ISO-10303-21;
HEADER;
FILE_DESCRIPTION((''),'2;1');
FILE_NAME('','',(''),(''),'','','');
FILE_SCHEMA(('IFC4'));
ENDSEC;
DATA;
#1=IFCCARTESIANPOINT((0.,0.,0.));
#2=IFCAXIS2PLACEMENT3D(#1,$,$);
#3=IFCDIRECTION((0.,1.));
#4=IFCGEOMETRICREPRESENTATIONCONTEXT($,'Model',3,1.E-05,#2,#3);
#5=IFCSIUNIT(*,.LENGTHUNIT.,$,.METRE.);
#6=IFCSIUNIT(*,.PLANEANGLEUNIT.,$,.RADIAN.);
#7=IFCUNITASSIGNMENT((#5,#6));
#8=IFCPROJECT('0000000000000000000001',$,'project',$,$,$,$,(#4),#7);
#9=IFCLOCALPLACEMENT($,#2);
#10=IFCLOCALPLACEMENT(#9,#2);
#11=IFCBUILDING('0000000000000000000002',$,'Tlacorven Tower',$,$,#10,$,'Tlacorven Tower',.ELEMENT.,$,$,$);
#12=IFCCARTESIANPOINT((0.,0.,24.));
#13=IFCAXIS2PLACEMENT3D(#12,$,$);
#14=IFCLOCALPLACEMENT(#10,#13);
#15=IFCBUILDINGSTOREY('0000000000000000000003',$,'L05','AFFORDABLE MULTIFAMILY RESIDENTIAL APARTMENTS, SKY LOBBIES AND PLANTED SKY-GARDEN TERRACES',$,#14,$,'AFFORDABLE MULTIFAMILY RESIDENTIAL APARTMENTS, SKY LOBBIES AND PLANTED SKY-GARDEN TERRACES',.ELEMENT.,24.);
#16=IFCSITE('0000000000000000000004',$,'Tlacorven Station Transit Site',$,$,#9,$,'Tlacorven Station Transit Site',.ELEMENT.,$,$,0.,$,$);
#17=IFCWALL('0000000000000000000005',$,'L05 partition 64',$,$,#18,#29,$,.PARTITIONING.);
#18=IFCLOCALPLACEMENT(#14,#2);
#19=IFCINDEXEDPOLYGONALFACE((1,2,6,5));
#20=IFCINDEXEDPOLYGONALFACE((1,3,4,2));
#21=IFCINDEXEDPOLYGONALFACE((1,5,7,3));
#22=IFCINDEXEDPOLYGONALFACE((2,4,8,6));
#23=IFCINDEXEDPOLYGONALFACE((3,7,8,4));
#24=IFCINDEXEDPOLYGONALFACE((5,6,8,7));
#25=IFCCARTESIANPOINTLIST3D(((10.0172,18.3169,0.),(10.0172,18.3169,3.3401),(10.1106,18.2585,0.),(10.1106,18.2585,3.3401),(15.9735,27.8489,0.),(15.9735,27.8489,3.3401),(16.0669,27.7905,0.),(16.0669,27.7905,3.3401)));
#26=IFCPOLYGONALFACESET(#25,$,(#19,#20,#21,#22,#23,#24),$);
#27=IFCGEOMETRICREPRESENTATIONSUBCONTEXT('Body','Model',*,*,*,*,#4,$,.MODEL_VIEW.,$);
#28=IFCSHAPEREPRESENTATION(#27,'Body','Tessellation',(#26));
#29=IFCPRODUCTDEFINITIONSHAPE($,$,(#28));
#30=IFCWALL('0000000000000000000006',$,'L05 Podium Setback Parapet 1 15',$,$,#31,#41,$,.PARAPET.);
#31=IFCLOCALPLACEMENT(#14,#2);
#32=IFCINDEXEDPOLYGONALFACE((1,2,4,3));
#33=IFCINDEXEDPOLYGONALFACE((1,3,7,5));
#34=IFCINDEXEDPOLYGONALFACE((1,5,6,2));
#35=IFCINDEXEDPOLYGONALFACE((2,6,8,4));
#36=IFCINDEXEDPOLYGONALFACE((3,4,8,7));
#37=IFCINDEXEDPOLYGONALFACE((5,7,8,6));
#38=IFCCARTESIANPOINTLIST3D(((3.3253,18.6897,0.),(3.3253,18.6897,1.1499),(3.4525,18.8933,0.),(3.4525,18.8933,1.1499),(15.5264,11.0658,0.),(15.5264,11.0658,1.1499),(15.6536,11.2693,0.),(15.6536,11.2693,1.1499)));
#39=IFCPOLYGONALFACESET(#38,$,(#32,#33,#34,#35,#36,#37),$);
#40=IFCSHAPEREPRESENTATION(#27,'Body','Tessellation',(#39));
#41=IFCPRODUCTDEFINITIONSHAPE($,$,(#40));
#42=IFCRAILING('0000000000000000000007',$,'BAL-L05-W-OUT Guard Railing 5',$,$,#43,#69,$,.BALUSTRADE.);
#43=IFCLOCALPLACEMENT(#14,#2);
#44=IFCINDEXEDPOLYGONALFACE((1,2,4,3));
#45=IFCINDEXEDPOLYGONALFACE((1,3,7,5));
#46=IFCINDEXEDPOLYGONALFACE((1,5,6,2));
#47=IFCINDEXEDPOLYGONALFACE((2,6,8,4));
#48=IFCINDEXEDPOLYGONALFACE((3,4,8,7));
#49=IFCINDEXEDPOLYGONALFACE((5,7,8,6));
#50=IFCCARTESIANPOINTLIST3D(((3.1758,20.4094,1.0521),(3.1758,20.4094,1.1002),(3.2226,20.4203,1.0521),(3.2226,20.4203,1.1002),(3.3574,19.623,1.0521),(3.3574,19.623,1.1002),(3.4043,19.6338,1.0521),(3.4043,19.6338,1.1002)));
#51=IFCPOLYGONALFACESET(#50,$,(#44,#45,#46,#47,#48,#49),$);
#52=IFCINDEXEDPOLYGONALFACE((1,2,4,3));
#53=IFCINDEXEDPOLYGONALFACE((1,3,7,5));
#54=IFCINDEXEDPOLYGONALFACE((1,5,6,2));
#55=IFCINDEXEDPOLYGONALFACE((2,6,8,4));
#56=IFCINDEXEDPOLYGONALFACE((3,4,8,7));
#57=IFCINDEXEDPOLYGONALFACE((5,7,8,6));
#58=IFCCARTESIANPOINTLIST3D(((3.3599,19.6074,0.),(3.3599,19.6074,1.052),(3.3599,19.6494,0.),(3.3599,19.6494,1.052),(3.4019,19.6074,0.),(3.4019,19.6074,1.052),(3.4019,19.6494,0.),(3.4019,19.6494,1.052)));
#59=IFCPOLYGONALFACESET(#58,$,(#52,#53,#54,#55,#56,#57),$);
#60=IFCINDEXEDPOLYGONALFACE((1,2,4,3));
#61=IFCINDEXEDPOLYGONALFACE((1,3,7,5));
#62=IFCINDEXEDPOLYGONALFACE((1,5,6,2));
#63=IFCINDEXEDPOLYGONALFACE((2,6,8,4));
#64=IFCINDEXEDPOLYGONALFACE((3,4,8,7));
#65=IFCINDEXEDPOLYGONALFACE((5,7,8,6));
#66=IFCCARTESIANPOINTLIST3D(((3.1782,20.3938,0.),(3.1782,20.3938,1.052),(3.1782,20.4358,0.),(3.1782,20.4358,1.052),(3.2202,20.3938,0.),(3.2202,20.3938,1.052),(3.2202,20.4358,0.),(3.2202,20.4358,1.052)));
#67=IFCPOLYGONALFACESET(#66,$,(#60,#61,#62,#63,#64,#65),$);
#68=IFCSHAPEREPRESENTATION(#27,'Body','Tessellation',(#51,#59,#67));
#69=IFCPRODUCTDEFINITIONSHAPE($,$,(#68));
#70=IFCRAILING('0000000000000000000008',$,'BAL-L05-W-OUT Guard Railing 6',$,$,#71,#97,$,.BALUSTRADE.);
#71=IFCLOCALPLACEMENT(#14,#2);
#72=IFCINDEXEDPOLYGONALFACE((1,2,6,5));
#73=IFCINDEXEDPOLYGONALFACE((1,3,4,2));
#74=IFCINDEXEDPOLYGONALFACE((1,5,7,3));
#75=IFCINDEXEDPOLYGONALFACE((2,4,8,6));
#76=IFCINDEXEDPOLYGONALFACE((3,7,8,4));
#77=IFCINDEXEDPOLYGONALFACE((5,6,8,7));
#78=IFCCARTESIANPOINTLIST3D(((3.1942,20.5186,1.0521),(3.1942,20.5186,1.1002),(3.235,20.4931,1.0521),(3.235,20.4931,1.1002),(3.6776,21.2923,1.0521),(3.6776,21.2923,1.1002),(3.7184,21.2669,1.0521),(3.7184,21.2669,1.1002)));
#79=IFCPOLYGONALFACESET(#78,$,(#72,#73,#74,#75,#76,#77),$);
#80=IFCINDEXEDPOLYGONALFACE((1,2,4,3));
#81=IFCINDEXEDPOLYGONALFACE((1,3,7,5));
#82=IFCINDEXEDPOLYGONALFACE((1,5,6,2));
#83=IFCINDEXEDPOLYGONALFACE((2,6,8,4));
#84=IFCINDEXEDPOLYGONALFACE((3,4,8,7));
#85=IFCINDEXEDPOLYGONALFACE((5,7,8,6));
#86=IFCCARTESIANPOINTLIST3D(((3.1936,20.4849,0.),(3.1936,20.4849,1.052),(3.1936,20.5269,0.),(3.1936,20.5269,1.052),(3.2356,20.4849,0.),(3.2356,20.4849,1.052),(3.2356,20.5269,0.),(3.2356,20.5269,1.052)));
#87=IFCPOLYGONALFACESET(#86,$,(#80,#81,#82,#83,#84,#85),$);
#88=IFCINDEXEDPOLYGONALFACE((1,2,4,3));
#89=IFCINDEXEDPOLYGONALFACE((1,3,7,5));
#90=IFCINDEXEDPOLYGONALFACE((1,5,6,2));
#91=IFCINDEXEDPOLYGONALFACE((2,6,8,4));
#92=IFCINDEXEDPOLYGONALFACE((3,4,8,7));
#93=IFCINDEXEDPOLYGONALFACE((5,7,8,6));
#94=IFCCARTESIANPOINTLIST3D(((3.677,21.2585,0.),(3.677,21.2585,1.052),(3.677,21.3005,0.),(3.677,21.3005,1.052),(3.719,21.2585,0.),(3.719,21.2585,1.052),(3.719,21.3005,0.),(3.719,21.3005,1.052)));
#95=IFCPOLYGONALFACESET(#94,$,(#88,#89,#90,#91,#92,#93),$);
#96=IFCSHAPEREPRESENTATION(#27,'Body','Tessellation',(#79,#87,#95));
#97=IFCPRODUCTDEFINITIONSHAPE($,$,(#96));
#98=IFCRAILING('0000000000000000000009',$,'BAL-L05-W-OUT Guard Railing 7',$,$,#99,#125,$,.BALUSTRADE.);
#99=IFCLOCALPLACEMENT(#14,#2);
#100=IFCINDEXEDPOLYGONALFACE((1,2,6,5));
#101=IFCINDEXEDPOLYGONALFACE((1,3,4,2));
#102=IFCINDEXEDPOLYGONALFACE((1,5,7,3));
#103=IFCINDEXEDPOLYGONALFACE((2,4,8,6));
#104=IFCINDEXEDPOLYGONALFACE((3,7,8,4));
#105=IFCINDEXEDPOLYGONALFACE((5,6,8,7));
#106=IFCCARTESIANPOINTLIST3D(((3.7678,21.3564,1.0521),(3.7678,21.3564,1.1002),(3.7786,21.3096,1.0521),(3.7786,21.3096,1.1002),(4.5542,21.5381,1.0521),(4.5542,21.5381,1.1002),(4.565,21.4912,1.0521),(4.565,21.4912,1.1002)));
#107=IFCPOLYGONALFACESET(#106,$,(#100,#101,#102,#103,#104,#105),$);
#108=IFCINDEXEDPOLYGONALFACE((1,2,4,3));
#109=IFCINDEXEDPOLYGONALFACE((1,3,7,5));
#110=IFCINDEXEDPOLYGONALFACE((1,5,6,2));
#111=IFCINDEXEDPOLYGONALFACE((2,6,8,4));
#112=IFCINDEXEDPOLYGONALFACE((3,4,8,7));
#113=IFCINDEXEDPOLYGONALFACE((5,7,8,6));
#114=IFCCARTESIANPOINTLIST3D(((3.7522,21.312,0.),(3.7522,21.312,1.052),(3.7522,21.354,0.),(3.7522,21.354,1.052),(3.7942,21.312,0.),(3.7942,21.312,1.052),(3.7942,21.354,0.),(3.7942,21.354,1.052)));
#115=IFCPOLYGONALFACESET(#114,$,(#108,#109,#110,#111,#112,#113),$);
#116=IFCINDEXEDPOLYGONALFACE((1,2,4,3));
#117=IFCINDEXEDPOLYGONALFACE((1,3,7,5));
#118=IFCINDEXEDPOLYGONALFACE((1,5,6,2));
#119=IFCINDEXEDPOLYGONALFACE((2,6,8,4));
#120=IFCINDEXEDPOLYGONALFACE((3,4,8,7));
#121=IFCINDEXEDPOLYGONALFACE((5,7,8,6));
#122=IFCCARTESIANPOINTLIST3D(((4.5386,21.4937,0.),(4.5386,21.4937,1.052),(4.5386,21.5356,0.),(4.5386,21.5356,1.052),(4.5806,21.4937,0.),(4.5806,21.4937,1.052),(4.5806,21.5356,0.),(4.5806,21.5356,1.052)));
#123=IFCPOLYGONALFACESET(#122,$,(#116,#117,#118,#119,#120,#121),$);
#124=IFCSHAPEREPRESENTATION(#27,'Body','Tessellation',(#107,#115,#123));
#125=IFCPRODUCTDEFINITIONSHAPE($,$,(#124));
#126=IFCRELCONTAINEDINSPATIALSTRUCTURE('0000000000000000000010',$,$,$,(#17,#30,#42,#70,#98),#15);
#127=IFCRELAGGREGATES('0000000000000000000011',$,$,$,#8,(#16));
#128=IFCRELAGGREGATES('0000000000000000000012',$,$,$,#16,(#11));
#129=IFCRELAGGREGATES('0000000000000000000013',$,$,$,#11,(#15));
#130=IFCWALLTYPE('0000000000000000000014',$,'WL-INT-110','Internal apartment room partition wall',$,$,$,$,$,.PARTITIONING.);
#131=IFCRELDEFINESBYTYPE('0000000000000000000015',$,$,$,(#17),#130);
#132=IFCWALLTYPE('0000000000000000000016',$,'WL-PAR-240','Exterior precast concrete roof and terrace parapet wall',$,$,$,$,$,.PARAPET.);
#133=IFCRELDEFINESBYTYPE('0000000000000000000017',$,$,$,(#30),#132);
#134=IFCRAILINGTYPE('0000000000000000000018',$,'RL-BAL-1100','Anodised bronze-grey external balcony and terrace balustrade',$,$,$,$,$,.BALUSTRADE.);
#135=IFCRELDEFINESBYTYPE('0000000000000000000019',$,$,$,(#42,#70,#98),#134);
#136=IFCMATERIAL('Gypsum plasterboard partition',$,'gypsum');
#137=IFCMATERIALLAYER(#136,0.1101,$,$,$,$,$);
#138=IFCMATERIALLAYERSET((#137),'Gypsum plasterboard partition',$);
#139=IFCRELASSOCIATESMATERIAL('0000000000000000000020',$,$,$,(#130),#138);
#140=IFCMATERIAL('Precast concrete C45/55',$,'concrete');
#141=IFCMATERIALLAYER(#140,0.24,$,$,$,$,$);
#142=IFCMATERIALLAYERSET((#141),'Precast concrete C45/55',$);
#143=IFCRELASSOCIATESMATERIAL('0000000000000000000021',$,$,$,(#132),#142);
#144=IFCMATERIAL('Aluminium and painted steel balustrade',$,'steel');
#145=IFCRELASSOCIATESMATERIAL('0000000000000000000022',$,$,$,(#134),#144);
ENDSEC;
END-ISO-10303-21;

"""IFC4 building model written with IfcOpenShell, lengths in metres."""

from ifc_helpers import new_model, si_unit, direction, frame, frame_2d, origin, origin_2d, place, context, subcontext, project, spatial, rectangle, extrude, source, transform, mapped, material, layer, layer_set, type_object, element, save


model = new_model("IFC4")

# Units and contexts
model_context = context("Model", 3, precision=1e-05, world=origin(), true_north=direction((0.0, 1.0)))
body_context = subcontext(model_context, "Body", "Model", "MODEL_VIEW")
ifc_project = project(units=[si_unit("LENGTHUNIT", "METRE"), si_unit("PLANEANGLEUNIT", "RADIAN")], contexts=[model_context])

# Site, building, storey
site_placement = place(None, origin())
site = spatial("IfcSite", under=ifc_project, at=site_placement, Name="Tlacorven Station Transit Site", LongName="Tlacorven Station Transit Site", CompositionType="ELEMENT", RefElevation=0.0)
building_placement = place(site_placement, origin())
building = spatial("IfcBuilding", under=site, at=building_placement, Name="Tlacorven Tower", LongName="Tlacorven Tower", CompositionType="ELEMENT")
storey_placement = place(building_placement, frame((0.0, 0.0, 24.0)))
storey = spatial("IfcBuildingStorey", under=building, at=storey_placement, Name="L05", Description="AFFORDABLE MULTIFAMILY RESIDENTIAL APARTMENTS, SKY LOBBIES AND PLANTED SKY-GARDEN TERRACES", LongName="AFFORDABLE MULTIFAMILY RESIDENTIAL APARTMENTS, SKY LOBBIES AND PLANTED SKY-GARDEN TERRACES", CompositionType="ELEMENT", Elevation=24.0)

# Shared definitions
ifc_material_1 = material(Name="Precast concrete C45/55", Category="concrete")

# Walls
ifc_material_2 = material(Name="Gypsum plasterboard partition", Category="gypsum")
ifc_layer_1 = layer(ifc_material_2, 0.1101)
ifc_layer_set_1 = layer_set([ifc_layer_1], Name="Gypsum plasterboard partition")
wall_type_1 = type_object("IfcWallType", Name="WL-INT-110", Description="Internal apartment room partition wall", PredefinedType="PARTITIONING", material=ifc_layer_set_1)
wall_1_placement = place(storey_placement, frame((16.0203, 27.8198, 0.0), z_axis=(0.0, 0.0, 1.0), x_axis=(-0.529923, -0.848046, 0.0)))
element("IfcWall", 1, at=wall_1_placement, inside=storey, type_object=wall_type_1, Name="L05 partition 64", PredefinedType="PARTITIONING", context=body_context, shape_type="SweptSolid", body=[
    extrude(rectangle(XDim=11.24, YDim=0.1101, at=frame_2d((5.6201, 0.0))), origin(), (0.0, 0.0, 1.0), 3.3401),
])
ifc_layer_2 = layer(ifc_material_1, 0.24)
ifc_layer_set_2 = layer_set([ifc_layer_2], Name="Precast concrete C45/55")
wall_type_2 = type_object("IfcWallType", Name="WL-PAR-240", Description="Exterior precast concrete roof and terrace parapet wall", PredefinedType="PARAPET", material=ifc_layer_set_2)
wall_2_placement = place(storey_placement, frame((3.3889, 18.7915, 0.0), z_axis=(0.0, 0.0, 1.0), x_axis=(0.848052, -0.529914, 0.0)))
element("IfcWall", 2, at=wall_2_placement, inside=storey, type_object=wall_type_2, Name="L05 Podium Setback Parapet 1 15", PredefinedType="PARAPET", context=body_context, shape_type="SweptSolid", body=[
    extrude(rectangle(XDim=14.3872, YDim=0.24, at=frame_2d((7.1936, 0.0))), origin(), (0.0, 0.0, 1.0), 1.1499),
])

# Railings
ifc_material_3 = material(Name="Aluminium and painted steel balustrade", Category="steel")
railing_type = type_object("IfcRailingType", Name="RL-BAL-1100", Description="Anodised bronze-grey external balcony and terrace balustrade", PredefinedType="BALUSTRADE", material=ifc_material_3)
shared_shape_1 = source(origin(), body_context, "Body", "SweptSolid", [
    extrude(rectangle(XDim=0.0481, YDim=0.0481, at=origin_2d()), frame((0.0, 0.0, 1.0762), z_axis=(-0.225058, 0.974345, 0.0), x_axis=(-0.974345, -0.225058, 0.0)), (0.0, 0.0, 1.0), 0.8071),
    extrude(rectangle(XDim=0.042, YDim=0.042, at=origin_2d()), origin(), (0.0, 0.0, 1.0), 1.052),
    extrude(rectangle(XDim=0.042, YDim=0.042, at=origin_2d()), frame((-0.1816, 0.7864, 0.0)), (0.0, 0.0, 1.0), 1.052),
])
railing_1_placement = place(storey_placement, frame((3.3809, 19.6284, 0.0)))
element("IfcRailing", 3, at=railing_1_placement, inside=storey, type_object=railing_type, Name="BAL-L05-W-OUT Guard Railing 5", PredefinedType="BALUSTRADE", context=body_context, shape_type="MappedRepresentation", body=[
    mapped(shared_shape_1, transform((0.0, 0.0, 0.0), scale=1.0)),
])
shared_shape_2 = source(origin(), body_context, "Body", "SweptSolid", [
    extrude(rectangle(XDim=0.0481, YDim=0.0481, at=origin_2d()), frame((0.0, 0.0, 1.0762), z_axis=(0.529879, 0.848073, 0.0), x_axis=(-0.848073, 0.529879, 0.0)), (0.0, 0.0, 1.0), 0.9124),
    extrude(rectangle(XDim=0.042, YDim=0.042, at=origin_2d()), origin(), (0.0, 0.0, 1.0), 1.052),
    extrude(rectangle(XDim=0.042, YDim=0.042, at=origin_2d()), frame((0.4834, 0.7737, 0.0)), (0.0, 0.0, 1.0), 1.052),
])
railing_2_placement = place(storey_placement, frame((3.2146, 20.5059, 0.0)))
element("IfcRailing", 4, at=railing_2_placement, inside=storey, type_object=railing_type, Name="BAL-L05-W-OUT Guard Railing 6", PredefinedType="BALUSTRADE", context=body_context, shape_type="MappedRepresentation", body=[
    mapped(shared_shape_2, transform((0.0, 0.0, 0.0), scale=1.0)),
])
shared_shape_3 = source(origin(), body_context, "Body", "SweptSolid", [
    extrude(rectangle(XDim=0.0481, YDim=0.0481, at=origin_2d()), frame((0.0, 0.0, 1.0762), z_axis=(0.974345, 0.225058, 0.0), x_axis=(-0.225058, 0.974345, 0.0)), (0.0, 0.0, 1.0), 0.8071),
    extrude(rectangle(XDim=0.042, YDim=0.042, at=origin_2d()), origin(), (0.0, 0.0, 1.0), 1.052),
    extrude(rectangle(XDim=0.042, YDim=0.042, at=origin_2d()), frame((0.7864, 0.1816, 0.0)), (0.0, 0.0, 1.0), 1.052),
])
railing_3_placement = place(storey_placement, frame((3.7732, 21.333, 0.0)))
element("IfcRailing", 5, at=railing_3_placement, inside=storey, type_object=railing_type, Name="BAL-L05-W-OUT Guard Railing 7", PredefinedType="BALUSTRADE", context=body_context, shape_type="MappedRepresentation", body=[
    mapped(shared_shape_3, transform((0.0, 0.0, 0.0), scale=1.0)),
])

save(model, "model.ifc")
